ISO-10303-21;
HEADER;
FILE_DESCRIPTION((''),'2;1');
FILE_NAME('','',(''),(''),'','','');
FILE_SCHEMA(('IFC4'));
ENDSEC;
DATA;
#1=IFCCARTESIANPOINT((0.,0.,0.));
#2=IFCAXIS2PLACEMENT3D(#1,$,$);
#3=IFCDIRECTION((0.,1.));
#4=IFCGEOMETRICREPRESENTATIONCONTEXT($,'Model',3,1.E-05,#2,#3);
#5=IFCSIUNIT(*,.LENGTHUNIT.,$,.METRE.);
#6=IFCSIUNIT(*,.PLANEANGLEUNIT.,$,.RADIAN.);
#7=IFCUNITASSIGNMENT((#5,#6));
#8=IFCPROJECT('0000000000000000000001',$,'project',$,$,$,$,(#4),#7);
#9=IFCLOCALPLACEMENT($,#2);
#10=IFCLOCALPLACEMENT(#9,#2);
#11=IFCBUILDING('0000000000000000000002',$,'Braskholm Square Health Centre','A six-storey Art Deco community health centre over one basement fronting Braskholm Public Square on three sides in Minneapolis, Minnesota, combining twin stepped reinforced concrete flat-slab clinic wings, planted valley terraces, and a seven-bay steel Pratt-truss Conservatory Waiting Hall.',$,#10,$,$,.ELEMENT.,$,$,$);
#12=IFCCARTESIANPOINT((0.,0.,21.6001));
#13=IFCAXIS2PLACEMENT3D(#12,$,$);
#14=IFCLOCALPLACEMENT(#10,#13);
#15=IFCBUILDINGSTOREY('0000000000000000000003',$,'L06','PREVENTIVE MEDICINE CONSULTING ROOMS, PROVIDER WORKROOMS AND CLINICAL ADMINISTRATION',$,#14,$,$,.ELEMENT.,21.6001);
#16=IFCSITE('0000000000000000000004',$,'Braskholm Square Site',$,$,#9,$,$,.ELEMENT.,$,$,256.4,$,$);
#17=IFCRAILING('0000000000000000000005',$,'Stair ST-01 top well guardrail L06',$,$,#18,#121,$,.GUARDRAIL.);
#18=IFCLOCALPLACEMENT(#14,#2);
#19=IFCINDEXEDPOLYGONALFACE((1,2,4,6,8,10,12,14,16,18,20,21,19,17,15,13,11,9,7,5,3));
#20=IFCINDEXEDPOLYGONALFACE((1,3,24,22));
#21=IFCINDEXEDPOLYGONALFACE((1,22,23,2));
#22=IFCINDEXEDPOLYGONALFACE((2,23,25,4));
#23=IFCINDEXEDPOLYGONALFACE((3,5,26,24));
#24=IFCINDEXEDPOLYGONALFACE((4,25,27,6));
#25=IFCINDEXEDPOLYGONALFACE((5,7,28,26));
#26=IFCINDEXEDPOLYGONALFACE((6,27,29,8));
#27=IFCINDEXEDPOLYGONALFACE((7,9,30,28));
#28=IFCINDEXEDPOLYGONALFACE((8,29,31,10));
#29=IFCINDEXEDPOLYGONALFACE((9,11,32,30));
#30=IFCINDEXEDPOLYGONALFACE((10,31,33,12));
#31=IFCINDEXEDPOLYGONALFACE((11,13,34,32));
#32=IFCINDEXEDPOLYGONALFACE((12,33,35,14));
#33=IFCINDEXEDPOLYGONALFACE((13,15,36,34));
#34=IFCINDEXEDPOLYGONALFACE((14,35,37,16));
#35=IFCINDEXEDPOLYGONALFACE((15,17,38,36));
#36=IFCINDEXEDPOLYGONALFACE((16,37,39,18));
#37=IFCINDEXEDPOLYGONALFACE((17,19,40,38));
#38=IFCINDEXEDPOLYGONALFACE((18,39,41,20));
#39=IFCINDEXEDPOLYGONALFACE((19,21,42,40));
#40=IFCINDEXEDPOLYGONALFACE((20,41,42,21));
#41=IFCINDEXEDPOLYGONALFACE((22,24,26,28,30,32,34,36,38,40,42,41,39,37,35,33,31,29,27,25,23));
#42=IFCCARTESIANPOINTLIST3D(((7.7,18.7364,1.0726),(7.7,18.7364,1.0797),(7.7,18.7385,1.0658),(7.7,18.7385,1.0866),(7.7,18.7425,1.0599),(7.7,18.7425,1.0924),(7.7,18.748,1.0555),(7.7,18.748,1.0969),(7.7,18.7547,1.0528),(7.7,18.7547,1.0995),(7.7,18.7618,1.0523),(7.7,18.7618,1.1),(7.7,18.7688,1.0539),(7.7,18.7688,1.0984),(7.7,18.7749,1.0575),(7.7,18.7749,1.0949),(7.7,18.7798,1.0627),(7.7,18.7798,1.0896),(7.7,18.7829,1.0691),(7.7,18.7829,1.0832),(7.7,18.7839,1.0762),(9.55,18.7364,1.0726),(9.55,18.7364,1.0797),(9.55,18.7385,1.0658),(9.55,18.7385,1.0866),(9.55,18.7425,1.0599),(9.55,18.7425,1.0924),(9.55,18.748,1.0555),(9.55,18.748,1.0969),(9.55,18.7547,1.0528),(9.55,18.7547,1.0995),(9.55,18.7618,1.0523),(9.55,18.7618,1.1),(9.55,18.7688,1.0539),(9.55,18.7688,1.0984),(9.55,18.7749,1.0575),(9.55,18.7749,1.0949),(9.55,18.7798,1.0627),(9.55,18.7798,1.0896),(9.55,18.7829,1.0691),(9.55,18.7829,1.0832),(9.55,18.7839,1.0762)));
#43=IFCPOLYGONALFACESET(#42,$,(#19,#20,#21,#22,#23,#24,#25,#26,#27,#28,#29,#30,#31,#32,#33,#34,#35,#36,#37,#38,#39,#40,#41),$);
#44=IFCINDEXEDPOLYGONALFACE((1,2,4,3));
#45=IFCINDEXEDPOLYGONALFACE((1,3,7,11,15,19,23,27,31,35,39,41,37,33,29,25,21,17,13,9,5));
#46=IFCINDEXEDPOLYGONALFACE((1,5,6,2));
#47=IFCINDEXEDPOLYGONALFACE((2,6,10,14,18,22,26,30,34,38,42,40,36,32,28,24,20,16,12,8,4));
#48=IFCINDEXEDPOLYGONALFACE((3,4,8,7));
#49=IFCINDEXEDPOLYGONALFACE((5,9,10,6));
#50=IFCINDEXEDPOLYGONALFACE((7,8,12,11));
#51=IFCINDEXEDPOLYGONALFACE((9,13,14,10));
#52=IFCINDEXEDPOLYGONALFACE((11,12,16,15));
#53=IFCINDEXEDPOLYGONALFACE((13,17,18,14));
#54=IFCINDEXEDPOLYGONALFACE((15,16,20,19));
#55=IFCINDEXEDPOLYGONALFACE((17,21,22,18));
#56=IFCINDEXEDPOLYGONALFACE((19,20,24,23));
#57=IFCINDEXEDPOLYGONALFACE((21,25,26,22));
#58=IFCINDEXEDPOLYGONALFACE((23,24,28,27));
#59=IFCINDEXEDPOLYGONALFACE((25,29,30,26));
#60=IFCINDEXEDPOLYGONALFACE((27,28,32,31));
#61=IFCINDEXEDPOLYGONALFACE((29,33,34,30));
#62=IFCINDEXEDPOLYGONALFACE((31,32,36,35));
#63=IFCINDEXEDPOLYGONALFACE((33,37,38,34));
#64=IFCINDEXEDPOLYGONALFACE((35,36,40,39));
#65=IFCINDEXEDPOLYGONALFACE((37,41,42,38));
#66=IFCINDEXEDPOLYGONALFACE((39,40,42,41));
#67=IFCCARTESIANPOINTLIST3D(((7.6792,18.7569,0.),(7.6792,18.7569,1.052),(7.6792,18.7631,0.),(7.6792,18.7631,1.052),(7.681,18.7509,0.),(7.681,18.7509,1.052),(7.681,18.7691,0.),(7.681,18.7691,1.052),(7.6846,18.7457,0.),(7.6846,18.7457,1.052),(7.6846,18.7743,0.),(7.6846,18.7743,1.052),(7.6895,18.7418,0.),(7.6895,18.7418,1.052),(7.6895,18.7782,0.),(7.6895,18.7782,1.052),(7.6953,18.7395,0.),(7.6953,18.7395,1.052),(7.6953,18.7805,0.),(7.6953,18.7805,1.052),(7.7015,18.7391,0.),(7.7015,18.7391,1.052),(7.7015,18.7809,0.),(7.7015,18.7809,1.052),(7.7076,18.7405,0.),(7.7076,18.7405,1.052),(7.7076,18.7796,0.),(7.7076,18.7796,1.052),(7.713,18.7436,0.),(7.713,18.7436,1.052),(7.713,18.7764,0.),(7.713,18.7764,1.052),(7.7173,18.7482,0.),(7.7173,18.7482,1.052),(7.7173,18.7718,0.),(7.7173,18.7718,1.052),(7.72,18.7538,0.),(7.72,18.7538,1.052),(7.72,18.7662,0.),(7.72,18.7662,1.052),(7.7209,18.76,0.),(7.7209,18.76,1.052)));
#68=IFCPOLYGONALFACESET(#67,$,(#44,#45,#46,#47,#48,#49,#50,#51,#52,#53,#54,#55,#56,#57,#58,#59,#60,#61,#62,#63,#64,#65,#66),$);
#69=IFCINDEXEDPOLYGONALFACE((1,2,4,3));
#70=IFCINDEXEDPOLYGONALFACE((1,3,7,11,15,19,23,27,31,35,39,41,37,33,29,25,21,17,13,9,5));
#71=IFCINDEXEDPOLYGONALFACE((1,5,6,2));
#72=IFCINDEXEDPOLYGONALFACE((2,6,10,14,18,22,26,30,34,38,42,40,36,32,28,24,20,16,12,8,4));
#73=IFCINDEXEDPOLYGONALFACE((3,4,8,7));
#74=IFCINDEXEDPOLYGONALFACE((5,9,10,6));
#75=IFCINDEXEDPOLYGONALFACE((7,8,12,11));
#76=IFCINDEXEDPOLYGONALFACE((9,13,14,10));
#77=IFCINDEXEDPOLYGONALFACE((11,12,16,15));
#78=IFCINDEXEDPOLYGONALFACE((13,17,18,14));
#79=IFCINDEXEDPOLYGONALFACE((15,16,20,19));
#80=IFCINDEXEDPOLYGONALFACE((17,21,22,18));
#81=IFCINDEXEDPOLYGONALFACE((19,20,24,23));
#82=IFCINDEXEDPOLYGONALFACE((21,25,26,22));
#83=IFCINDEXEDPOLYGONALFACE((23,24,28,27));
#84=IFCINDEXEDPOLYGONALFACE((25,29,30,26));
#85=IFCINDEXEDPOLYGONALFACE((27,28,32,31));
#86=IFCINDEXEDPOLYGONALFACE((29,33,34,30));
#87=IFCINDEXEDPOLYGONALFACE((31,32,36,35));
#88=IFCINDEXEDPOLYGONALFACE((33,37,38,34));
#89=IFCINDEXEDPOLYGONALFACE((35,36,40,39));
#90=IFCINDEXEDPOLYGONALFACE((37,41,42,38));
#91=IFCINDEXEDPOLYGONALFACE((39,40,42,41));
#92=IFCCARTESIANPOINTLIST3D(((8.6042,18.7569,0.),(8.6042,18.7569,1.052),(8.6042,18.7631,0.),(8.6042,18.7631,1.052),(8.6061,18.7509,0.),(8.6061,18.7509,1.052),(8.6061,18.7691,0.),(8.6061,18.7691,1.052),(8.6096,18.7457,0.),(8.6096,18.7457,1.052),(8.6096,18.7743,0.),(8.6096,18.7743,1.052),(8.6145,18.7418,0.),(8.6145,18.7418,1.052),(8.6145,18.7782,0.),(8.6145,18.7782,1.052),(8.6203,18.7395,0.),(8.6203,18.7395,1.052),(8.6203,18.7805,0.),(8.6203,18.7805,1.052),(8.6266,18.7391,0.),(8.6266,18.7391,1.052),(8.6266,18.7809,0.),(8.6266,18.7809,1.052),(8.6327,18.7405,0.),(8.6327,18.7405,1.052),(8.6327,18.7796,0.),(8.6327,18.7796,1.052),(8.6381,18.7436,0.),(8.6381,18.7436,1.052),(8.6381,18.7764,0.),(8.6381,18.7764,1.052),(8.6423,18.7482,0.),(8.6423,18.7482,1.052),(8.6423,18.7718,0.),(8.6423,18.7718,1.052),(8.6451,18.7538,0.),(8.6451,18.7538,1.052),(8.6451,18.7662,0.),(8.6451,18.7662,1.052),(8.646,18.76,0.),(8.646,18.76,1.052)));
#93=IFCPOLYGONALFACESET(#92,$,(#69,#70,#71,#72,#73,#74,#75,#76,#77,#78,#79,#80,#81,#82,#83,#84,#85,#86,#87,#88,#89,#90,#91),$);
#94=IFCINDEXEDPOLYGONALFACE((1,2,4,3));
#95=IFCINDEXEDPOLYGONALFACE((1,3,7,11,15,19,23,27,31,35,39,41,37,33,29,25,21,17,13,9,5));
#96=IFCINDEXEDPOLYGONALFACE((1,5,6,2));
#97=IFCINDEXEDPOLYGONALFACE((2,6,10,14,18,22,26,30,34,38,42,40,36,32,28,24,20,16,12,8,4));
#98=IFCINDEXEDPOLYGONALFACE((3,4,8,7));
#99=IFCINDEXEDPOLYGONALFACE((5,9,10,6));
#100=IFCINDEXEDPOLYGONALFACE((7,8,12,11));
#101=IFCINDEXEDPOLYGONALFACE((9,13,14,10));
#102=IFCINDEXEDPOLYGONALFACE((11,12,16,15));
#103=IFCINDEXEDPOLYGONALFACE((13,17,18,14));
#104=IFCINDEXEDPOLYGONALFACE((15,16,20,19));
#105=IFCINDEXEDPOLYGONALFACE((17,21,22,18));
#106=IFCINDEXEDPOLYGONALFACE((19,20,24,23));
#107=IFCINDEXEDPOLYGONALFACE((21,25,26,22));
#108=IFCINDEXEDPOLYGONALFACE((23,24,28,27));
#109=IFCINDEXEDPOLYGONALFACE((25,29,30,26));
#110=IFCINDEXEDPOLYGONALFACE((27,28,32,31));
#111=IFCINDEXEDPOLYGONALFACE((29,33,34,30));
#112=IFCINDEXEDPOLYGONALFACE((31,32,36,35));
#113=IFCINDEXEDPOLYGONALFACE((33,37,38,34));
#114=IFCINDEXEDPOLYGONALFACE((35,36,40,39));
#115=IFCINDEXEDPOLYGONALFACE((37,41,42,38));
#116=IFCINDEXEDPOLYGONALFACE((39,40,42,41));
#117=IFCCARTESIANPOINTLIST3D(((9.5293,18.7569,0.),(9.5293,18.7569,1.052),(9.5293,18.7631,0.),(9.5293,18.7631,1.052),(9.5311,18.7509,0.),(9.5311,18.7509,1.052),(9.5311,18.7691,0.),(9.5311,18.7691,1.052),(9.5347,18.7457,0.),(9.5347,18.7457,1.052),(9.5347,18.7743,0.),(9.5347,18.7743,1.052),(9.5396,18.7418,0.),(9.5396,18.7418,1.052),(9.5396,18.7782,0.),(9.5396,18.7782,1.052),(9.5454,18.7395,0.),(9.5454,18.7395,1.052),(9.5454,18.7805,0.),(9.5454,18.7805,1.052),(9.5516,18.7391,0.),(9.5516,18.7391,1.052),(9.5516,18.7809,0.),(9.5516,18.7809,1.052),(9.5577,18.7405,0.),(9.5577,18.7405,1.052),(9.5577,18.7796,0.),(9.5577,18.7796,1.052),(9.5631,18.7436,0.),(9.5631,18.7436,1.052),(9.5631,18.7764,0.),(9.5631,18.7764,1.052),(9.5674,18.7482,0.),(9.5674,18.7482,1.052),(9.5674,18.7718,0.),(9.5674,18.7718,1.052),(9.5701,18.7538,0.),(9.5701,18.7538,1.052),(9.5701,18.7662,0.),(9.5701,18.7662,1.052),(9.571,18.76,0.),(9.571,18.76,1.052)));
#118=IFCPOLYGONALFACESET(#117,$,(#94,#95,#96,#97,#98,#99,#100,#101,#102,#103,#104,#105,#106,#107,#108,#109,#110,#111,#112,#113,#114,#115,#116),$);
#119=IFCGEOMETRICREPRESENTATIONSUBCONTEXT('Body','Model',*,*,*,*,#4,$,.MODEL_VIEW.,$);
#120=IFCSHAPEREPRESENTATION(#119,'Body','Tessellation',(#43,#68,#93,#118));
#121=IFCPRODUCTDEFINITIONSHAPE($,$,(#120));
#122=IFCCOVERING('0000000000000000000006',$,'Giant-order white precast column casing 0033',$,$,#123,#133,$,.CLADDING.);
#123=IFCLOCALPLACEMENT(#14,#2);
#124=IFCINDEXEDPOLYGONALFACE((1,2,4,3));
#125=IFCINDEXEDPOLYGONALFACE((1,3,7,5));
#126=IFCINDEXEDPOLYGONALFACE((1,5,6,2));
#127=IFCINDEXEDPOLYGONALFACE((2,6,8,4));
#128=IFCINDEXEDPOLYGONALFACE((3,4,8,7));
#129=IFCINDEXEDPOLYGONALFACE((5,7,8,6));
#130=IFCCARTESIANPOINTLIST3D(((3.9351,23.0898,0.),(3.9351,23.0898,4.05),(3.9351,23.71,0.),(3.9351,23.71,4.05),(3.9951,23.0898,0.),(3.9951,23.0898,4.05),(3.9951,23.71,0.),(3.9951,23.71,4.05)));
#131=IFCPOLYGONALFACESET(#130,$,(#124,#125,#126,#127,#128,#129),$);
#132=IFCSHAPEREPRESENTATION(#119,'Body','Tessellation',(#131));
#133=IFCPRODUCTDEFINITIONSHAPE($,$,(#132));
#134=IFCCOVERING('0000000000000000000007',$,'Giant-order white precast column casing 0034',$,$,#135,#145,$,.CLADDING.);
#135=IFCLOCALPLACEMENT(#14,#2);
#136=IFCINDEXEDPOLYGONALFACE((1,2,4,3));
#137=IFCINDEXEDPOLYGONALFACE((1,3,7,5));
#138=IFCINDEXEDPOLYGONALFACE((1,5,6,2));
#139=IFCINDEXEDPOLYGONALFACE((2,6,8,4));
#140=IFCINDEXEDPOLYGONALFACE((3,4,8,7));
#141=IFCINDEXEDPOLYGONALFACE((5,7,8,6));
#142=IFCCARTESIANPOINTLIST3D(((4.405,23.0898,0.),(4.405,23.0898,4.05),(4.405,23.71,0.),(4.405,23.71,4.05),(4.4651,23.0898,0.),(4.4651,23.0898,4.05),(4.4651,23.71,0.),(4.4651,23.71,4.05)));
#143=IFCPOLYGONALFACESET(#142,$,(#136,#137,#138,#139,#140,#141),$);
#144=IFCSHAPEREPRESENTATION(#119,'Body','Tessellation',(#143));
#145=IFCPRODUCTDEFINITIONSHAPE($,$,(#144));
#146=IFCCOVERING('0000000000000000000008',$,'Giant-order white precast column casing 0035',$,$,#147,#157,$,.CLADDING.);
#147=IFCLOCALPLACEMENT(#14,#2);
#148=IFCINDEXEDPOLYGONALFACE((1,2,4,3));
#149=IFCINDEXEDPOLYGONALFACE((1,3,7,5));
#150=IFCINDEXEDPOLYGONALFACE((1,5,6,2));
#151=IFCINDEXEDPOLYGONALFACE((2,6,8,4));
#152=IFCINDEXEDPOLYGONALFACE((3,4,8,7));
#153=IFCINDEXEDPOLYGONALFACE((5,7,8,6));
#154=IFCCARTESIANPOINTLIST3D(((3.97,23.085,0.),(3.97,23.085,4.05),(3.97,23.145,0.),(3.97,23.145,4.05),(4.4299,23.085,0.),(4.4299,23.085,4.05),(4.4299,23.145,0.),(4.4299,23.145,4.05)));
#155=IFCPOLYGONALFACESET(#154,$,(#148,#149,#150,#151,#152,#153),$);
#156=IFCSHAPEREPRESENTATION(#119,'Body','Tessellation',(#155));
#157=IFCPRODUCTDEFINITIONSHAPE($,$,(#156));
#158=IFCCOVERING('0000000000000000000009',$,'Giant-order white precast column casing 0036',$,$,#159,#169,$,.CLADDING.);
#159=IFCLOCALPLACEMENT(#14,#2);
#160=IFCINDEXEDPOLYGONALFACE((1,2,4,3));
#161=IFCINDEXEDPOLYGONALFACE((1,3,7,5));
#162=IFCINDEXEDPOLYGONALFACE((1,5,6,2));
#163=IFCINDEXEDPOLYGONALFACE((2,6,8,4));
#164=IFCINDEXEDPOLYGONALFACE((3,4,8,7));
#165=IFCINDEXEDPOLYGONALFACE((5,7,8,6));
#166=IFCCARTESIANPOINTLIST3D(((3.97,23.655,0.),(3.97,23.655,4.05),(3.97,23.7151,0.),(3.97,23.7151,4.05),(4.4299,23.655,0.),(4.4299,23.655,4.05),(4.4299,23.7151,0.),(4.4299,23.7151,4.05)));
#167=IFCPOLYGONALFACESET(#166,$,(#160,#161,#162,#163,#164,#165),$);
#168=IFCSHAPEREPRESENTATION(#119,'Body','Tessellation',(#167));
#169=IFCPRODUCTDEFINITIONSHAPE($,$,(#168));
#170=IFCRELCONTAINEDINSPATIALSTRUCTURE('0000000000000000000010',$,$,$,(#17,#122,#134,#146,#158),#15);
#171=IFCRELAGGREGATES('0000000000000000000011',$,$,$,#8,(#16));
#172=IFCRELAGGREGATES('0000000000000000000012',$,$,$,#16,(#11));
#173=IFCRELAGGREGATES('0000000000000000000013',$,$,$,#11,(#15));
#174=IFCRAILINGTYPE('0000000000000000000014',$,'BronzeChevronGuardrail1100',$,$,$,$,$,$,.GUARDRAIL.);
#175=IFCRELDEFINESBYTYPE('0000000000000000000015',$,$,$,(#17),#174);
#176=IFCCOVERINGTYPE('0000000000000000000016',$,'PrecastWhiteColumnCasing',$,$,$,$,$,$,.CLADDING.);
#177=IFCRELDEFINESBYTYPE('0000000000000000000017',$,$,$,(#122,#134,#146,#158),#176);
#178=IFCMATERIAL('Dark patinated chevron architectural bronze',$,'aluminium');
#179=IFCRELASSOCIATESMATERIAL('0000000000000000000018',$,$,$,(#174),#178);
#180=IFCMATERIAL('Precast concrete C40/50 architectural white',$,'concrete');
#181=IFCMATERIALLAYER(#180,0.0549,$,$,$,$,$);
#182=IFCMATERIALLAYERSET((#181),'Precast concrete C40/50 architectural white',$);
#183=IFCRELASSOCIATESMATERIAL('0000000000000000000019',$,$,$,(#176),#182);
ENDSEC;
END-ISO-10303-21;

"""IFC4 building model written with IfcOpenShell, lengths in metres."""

from ifc_helpers import new_model, si_unit, direction, frame, origin, origin_2d, place, context, subcontext, project, spatial, rectangle, circle, extrude, material, layer, layer_set, type_object, element, save


model = new_model("IFC4")

# Units and contexts
model_context = context("Model", 3, precision=1e-05, world=origin(), true_north=direction((0.0, 1.0)))
body_context = subcontext(model_context, "Body", "Model", "MODEL_VIEW")
ifc_project = project(units=[si_unit("LENGTHUNIT", "METRE"), si_unit("PLANEANGLEUNIT", "RADIAN")], contexts=[model_context])

# Site, building, storey
site_placement = place(None, origin())
site = spatial("IfcSite", under=ifc_project, at=site_placement, Name="Braskholm Square Site", CompositionType="ELEMENT", RefElevation=256.4)
building_placement = place(site_placement, origin())
building = spatial("IfcBuilding", under=site, at=building_placement, Name="Braskholm Square Health Centre", Description="A six-storey Art Deco community health centre over one basement fronting Braskholm Public Square on three sides in Minneapolis, Minnesota, combining twin stepped reinforced concrete flat-slab clinic wings, planted valley terraces, and a seven-bay steel Pratt-truss Conservatory Waiting Hall.", CompositionType="ELEMENT")
storey_placement = place(building_placement, frame((0.0, 0.0, 21.6001)))
storey = spatial("IfcBuildingStorey", under=building, at=storey_placement, Name="L06", Description="PREVENTIVE MEDICINE CONSULTING ROOMS, PROVIDER WORKROOMS AND CLINICAL ADMINISTRATION", CompositionType="ELEMENT", Elevation=21.6001)

# Shared definitions
ifc_material_1 = material(Name="Precast concrete C40/50 architectural white", Category="concrete")

# Railing
ifc_material_2 = material(Name="Dark patinated chevron architectural bronze", Category="aluminium")
railing_type = type_object("IfcRailingType", Name="BronzeChevronGuardrail1100", PredefinedType="GUARDRAIL", material=ifc_material_2)
railing_placement = place(storey_placement, frame((7.7, 18.76, 0.0)))
element("IfcRailing", 1, at=railing_placement, inside=storey, type_object=railing_type, Name="Stair ST-01 top well guardrail L06", PredefinedType="GUARDRAIL", context=body_context, shape_type="SweptSolid", body=[
    extrude(circle(Radius=0.0239, at=origin_2d()), frame((0.0, 0.0, 1.0762), z_axis=(1.0, 0.0, 0.0), x_axis=(0.0, 1.0, 0.0)), (0.0, 0.0, 1.0), 1.8501),
    extrude(circle(Radius=0.021, at=origin_2d()), origin(), (0.0, 0.0, 1.0), 1.052),
    extrude(circle(Radius=0.021, at=origin_2d()), frame((0.925, 0.0, 0.0)), (0.0, 0.0, 1.0), 1.052),
    extrude(circle(Radius=0.021, at=origin_2d()), frame((1.8501, 0.0, 0.0)), (0.0, 0.0, 1.0), 1.052),
])

# Coverings
ifc_layer_1 = layer(ifc_material_1, 0.0549)
ifc_layer_set_1 = layer_set([ifc_layer_1], Name="Precast concrete C40/50 architectural white")
covering_type = type_object("IfcCoveringType", Name="PrecastWhiteColumnCasing", PredefinedType="CLADDING", material=ifc_layer_set_1)
for number, where, z_axis, x_axis, name in (
    (2, (3.9651, 23.3999, 0.0), (0.0, 0.0, 1.0), (1.0, 0.0, 0.0), "Giant-order white precast column casing 0033"),
    (3, (4.4351, 23.3999, 0.0), (0.0, 0.0, 1.0), (1.0, 0.0, 0.0), "Giant-order white precast column casing 0034"),
):
    element("IfcCovering", number, at=place(storey_placement, frame(where, z_axis=z_axis, x_axis=x_axis)), inside=storey, type_object=covering_type, Name=name, PredefinedType="CLADDING", context=body_context, shape_type="SweptSolid", body=[
        extrude(rectangle(XDim=0.0601, YDim=0.6201, at=origin_2d()), origin(), (0.0, 0.0, 1.0), 4.05),
    ])
for number, where, z_axis, x_axis, name in (
    (4, (4.2, 23.115, 0.0), (0.0, 0.0, 1.0), (1.0, 0.0, 0.0), "Giant-order white precast column casing 0035"),
    (5, (4.2, 23.6851, 0.0), (0.0, 0.0, 1.0), (1.0, 0.0, 0.0), "Giant-order white precast column casing 0036"),
):
    element("IfcCovering", number, at=place(storey_placement, frame(where, z_axis=z_axis, x_axis=x_axis)), inside=storey, type_object=covering_type, Name=name, PredefinedType="CLADDING", context=body_context, shape_type="SweptSolid", body=[
        extrude(rectangle(XDim=0.46, YDim=0.0601, at=origin_2d()), origin(), (0.0, 0.0, 1.0), 4.05),
    ])

save(model, "model.ifc")
